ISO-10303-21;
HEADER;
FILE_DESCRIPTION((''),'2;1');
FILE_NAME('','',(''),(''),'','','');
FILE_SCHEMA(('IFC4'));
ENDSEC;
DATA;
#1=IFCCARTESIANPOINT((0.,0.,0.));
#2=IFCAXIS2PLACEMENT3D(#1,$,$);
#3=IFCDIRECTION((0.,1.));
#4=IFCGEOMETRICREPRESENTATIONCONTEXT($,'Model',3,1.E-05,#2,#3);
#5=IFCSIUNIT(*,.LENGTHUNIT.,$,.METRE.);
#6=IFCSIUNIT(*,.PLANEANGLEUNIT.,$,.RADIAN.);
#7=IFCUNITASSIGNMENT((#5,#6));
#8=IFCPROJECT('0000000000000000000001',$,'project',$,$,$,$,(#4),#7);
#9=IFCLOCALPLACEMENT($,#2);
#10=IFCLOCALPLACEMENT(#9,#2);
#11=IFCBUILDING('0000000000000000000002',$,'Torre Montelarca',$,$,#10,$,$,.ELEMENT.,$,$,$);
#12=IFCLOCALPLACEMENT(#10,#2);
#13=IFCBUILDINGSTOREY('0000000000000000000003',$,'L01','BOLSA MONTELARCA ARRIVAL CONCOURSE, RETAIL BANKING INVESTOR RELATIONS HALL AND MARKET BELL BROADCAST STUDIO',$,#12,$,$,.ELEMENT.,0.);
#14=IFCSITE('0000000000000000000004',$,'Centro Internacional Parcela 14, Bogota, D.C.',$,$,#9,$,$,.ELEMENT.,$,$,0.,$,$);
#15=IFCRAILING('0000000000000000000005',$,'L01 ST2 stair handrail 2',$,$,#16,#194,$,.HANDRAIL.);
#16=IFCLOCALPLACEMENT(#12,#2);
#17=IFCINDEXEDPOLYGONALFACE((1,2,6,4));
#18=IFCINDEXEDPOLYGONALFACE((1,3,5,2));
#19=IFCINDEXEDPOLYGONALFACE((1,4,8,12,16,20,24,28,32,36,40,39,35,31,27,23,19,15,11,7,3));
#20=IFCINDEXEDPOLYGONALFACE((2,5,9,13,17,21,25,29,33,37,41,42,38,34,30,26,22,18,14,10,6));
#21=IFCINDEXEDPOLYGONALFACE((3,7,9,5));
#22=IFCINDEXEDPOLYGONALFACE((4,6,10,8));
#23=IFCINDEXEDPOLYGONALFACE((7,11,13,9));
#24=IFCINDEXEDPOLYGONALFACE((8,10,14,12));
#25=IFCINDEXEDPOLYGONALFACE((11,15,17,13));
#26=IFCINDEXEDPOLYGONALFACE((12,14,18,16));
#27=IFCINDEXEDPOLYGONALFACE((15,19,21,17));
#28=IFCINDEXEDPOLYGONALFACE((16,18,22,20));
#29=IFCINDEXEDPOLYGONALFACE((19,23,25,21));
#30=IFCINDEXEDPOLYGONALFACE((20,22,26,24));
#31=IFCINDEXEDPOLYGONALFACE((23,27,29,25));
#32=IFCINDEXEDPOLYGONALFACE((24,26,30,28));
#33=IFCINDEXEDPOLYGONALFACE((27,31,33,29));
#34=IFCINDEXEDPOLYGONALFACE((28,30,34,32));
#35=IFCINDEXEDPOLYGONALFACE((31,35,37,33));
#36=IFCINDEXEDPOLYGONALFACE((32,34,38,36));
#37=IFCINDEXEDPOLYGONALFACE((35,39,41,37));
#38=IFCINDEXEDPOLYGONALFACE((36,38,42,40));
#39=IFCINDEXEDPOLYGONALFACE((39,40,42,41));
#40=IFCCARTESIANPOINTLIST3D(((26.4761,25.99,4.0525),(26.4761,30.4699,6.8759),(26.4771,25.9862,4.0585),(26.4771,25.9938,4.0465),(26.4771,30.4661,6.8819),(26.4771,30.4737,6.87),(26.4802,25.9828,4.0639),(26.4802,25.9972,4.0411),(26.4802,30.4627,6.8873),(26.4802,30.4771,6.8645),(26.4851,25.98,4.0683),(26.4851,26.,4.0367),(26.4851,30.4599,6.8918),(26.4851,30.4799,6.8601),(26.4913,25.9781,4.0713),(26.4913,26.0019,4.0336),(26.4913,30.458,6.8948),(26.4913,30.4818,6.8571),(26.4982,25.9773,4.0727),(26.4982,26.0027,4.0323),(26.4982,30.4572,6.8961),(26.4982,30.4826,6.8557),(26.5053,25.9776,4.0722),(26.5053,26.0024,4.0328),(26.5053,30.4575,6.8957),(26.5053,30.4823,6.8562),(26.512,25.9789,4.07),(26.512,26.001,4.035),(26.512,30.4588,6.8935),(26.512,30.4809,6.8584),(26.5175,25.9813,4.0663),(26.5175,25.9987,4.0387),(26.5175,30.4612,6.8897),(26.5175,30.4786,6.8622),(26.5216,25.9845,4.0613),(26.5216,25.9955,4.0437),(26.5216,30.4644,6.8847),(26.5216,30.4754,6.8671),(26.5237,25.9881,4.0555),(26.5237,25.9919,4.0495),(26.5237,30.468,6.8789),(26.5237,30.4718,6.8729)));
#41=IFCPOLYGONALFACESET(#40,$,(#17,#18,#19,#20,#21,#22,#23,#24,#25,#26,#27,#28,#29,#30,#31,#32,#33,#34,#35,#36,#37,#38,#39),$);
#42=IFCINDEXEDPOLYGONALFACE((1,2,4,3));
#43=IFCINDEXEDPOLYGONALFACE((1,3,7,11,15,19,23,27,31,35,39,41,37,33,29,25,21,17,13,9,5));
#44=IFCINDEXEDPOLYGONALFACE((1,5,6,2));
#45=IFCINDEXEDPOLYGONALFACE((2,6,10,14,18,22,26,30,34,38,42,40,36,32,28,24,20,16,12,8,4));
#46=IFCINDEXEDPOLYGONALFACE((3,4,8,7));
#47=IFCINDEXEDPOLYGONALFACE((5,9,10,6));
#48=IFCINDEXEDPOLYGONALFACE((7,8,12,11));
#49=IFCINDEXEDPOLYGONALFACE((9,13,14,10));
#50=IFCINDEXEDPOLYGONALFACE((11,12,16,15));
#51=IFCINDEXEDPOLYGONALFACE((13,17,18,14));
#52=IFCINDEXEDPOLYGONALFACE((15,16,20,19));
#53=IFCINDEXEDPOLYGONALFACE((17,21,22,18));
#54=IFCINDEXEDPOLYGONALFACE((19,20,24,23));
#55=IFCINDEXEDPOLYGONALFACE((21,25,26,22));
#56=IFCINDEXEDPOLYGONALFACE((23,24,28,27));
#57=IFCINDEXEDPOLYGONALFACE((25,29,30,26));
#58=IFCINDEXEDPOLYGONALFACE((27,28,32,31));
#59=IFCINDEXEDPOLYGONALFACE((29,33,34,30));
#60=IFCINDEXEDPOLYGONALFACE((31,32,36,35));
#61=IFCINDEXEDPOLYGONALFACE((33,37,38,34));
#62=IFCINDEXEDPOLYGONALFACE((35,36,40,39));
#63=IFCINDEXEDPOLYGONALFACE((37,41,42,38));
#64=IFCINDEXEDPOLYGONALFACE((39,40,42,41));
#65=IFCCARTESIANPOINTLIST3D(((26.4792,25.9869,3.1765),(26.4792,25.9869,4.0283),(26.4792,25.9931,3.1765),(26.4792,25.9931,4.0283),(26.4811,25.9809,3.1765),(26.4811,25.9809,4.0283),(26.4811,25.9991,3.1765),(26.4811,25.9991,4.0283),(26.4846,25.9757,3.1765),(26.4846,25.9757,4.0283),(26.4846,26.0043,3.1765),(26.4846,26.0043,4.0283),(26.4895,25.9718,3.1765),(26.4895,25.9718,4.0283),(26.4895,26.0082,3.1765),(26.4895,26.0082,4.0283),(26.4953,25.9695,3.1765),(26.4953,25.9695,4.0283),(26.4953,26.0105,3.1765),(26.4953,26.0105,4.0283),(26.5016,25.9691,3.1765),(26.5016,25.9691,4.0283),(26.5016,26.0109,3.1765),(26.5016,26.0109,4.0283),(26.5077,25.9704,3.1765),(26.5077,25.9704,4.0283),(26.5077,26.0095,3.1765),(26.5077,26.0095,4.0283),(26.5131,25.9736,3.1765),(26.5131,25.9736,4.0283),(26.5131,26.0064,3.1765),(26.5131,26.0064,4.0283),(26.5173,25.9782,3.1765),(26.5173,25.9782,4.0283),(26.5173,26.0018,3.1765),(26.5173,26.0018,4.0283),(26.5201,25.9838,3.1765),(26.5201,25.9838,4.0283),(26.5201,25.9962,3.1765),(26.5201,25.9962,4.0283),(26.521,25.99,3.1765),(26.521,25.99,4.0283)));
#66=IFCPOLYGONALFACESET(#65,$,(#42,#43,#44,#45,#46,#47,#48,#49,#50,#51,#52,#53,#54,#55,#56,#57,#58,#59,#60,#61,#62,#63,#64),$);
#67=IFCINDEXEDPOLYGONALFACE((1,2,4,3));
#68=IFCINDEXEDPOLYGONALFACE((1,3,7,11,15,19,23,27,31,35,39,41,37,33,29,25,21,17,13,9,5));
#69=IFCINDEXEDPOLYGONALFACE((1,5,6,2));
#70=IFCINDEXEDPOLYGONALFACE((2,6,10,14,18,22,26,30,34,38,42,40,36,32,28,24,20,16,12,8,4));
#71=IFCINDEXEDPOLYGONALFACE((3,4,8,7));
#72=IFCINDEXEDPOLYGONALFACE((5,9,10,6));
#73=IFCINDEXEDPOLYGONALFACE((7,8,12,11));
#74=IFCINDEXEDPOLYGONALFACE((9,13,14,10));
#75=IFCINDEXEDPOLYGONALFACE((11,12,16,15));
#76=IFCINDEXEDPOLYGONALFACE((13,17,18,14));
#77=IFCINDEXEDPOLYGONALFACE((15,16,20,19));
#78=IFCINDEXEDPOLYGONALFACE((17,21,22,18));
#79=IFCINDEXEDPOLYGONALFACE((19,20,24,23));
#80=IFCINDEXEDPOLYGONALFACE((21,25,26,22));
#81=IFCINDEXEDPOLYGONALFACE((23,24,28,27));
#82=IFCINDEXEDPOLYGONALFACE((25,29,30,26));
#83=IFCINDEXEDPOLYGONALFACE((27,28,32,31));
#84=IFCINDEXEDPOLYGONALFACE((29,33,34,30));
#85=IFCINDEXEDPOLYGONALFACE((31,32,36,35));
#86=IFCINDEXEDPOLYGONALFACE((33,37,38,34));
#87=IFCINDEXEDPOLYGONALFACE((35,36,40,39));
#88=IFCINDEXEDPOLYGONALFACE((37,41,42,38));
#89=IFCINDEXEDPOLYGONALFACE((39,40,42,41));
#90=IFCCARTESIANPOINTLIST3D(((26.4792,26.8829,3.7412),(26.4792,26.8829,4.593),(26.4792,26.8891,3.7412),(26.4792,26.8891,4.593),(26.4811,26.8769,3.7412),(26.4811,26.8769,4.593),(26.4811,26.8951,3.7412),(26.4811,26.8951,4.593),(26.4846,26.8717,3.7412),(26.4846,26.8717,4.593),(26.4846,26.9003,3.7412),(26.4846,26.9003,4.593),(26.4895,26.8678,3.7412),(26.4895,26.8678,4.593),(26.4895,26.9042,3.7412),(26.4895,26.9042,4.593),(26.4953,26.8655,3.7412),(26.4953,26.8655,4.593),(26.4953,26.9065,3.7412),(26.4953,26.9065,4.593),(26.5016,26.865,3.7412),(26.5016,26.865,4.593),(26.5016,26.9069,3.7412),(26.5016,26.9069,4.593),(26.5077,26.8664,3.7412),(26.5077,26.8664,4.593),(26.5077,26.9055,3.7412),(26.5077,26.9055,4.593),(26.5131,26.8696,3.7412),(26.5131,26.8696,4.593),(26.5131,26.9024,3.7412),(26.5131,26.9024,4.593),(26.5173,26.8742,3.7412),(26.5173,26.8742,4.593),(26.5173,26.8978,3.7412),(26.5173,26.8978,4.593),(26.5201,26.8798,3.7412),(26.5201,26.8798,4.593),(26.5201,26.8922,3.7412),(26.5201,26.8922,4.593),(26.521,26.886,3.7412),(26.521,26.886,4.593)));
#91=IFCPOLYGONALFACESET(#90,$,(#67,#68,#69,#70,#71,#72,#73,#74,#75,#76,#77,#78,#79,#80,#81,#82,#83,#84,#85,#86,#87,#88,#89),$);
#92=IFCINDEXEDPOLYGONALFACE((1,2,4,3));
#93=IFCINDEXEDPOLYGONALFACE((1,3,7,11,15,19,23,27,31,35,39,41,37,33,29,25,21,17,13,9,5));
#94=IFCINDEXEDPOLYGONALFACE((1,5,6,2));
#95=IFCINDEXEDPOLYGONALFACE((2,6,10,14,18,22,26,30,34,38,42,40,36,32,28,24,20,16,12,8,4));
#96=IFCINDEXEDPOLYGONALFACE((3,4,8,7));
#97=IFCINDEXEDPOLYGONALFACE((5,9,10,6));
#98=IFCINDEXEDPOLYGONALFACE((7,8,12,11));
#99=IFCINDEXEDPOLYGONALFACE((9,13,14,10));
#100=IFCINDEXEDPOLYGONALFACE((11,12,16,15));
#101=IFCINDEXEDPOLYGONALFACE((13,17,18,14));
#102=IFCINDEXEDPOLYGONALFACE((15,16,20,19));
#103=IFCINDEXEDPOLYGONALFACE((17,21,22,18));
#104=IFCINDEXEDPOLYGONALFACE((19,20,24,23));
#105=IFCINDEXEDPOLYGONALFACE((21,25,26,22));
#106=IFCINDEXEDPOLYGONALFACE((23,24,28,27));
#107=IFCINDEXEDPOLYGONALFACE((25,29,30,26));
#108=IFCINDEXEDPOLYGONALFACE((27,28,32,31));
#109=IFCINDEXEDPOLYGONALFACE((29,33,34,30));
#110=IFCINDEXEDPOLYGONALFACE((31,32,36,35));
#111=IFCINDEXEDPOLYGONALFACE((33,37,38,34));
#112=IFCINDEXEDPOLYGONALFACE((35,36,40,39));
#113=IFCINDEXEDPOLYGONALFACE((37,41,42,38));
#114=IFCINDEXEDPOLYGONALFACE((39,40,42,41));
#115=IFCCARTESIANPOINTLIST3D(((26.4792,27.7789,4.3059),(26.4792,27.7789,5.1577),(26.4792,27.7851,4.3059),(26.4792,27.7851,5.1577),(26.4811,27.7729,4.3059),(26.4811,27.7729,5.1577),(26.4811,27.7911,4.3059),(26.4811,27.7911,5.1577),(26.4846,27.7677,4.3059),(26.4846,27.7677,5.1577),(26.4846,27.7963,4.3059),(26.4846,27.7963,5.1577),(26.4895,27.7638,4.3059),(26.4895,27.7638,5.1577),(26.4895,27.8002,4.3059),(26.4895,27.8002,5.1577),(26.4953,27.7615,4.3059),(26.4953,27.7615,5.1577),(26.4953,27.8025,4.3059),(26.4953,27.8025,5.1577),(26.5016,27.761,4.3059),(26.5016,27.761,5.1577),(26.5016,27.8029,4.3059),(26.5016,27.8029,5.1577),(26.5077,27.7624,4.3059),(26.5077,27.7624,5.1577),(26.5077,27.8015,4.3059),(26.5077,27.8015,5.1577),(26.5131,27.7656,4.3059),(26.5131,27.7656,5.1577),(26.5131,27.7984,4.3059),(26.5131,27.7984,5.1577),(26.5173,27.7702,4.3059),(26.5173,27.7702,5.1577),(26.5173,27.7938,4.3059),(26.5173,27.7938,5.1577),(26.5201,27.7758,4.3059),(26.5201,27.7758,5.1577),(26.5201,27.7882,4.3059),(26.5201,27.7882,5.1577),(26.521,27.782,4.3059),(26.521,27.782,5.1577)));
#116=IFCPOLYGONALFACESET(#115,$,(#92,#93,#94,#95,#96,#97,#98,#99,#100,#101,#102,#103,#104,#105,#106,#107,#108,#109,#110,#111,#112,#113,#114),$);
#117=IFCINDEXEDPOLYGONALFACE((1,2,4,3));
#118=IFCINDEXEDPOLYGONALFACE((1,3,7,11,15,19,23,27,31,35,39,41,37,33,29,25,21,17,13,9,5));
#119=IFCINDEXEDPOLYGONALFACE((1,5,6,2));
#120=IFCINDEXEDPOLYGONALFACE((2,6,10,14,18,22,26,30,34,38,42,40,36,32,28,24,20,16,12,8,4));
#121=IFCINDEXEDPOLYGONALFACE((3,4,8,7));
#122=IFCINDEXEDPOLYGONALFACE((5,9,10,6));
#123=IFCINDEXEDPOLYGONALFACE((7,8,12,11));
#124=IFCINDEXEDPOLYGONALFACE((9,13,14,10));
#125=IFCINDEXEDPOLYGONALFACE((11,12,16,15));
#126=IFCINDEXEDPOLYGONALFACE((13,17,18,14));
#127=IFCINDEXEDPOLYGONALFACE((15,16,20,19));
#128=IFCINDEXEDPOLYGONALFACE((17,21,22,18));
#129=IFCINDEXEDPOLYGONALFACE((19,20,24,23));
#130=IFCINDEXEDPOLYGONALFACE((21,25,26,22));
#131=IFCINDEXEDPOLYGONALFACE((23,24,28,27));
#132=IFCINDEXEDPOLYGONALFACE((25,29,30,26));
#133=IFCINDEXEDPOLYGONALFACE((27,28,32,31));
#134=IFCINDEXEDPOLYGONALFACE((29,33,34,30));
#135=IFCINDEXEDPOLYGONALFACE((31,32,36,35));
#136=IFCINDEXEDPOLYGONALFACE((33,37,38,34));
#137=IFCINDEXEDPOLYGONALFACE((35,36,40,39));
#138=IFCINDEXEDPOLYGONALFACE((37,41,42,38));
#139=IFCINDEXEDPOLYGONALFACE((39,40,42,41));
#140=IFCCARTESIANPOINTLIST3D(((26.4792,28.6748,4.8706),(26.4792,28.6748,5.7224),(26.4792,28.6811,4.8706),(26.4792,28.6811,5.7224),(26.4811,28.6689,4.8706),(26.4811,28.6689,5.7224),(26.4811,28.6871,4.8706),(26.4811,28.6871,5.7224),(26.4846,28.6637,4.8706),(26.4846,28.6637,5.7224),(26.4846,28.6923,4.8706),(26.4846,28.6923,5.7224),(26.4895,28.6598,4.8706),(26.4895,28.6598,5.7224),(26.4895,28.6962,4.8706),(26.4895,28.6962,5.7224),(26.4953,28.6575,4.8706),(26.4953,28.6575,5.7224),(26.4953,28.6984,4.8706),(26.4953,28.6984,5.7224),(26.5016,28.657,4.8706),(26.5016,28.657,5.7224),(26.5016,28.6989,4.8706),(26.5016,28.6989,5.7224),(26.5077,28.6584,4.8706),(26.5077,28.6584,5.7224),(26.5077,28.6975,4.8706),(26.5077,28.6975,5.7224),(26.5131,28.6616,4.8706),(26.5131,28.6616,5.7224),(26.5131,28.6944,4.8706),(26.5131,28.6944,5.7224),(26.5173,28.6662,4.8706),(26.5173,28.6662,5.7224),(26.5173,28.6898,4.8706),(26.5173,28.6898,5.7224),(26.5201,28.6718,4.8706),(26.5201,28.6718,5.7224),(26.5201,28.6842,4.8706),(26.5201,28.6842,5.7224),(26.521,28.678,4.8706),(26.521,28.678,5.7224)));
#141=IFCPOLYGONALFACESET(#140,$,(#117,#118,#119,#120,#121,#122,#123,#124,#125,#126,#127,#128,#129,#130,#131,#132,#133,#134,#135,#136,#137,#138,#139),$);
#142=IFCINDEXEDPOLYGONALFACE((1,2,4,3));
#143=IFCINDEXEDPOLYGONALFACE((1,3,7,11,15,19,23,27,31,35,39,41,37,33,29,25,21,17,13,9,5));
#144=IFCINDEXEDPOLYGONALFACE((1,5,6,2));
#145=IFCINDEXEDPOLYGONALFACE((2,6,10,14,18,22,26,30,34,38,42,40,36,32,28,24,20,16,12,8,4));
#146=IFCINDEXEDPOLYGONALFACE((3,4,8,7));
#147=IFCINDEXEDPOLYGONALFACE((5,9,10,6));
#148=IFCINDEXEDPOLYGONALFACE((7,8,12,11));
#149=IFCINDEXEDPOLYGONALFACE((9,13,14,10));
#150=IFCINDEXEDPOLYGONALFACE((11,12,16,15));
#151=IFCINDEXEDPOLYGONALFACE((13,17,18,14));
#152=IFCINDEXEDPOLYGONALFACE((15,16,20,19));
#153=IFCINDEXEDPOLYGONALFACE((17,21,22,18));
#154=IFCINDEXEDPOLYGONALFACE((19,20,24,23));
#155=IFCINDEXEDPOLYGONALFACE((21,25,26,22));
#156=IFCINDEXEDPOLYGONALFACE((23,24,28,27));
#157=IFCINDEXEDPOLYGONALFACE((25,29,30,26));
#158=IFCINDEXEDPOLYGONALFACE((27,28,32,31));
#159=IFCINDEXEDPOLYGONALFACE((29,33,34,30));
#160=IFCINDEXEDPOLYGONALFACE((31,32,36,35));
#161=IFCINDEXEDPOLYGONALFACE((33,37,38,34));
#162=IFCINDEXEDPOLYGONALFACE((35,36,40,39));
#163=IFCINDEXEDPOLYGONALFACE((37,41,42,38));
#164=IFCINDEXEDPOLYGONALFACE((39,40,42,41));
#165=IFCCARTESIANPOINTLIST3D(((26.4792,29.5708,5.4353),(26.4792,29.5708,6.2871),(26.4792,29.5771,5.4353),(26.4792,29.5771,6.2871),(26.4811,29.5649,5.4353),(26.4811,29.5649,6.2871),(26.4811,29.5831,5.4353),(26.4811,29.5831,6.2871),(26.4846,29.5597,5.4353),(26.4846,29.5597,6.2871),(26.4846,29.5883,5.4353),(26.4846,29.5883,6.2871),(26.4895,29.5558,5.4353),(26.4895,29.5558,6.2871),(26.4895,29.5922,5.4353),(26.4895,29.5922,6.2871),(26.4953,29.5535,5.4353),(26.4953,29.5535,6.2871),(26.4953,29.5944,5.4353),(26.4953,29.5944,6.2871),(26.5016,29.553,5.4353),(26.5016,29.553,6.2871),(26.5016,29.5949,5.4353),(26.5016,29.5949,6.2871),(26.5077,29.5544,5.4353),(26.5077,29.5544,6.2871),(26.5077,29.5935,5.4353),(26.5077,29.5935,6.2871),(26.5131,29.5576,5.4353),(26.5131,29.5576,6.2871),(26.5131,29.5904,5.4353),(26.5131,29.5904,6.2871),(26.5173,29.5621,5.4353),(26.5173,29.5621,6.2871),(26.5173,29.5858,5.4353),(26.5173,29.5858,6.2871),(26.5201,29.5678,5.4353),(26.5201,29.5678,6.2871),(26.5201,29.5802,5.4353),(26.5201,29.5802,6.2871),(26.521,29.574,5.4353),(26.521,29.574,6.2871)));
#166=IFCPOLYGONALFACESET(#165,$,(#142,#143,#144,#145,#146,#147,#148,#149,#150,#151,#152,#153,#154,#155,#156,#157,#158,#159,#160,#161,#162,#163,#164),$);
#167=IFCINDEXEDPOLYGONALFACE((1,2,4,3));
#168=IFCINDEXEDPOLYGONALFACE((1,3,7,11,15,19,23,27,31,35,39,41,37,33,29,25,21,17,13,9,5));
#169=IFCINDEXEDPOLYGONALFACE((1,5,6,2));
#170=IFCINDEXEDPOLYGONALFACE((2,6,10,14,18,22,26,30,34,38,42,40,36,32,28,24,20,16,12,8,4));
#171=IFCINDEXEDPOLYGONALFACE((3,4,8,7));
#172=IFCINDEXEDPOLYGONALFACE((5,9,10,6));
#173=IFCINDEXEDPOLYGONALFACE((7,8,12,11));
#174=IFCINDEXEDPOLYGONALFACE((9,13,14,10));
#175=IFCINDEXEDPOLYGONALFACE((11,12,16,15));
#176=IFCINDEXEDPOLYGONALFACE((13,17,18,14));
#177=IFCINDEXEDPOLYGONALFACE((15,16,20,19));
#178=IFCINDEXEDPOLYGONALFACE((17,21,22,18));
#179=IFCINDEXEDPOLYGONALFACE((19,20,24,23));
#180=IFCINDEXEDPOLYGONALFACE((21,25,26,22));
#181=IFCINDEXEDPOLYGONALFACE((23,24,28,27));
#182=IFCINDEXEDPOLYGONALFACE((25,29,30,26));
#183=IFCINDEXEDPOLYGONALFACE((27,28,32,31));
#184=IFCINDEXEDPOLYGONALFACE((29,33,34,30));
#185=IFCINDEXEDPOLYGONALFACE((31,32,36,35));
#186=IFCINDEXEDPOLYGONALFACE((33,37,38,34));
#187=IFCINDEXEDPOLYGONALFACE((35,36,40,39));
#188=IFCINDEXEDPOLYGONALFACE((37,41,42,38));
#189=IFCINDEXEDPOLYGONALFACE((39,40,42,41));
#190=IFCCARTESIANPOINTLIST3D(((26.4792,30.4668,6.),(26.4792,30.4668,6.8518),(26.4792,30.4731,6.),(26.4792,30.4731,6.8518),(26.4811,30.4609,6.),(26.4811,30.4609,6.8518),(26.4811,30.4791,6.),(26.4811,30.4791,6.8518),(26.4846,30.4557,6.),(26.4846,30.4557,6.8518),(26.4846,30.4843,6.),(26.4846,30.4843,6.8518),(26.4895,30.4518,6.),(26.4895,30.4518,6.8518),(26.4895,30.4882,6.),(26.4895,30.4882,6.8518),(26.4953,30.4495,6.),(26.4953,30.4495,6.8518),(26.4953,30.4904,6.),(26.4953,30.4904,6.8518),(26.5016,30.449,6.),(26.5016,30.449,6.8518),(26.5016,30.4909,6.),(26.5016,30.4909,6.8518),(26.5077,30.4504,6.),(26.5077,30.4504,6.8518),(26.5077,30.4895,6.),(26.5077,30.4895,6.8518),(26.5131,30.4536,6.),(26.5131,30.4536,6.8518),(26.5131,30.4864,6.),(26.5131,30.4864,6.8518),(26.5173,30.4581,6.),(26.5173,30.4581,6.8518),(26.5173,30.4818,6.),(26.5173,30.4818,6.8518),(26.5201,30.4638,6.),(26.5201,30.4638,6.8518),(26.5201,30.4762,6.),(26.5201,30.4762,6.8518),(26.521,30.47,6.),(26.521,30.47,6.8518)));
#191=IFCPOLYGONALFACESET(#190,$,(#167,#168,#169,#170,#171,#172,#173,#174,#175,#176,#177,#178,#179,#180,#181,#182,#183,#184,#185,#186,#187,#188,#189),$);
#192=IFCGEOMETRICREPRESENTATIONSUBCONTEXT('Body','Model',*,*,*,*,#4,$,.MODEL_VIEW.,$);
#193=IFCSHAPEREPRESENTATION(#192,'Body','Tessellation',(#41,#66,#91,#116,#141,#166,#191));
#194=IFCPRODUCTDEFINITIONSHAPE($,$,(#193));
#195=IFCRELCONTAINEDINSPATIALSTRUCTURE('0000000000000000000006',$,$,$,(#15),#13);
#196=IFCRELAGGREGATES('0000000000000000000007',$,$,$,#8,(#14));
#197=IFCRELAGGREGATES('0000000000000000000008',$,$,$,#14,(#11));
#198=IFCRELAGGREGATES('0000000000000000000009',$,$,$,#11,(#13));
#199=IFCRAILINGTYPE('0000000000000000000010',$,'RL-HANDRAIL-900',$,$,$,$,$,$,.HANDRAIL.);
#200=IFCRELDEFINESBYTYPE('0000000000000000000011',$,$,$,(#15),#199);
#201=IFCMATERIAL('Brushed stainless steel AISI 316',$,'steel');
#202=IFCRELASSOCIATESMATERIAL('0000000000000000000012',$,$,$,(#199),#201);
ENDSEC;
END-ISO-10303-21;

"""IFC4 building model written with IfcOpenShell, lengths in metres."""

from ifc_helpers import new_model, si_unit, direction, frame, origin, origin_2d, place, context, subcontext, project, spatial, circle, extrude, material, type_object, element, save


model = new_model("IFC4")

# Units and contexts
model_context = context("Model", 3, precision=1e-05, world=origin(), true_north=direction((0.0, 1.0)))
body_context = subcontext(model_context, "Body", "Model", "MODEL_VIEW")
ifc_project = project(units=[si_unit("LENGTHUNIT", "METRE"), si_unit("PLANEANGLEUNIT", "RADIAN")], contexts=[model_context])

# Site, building, storey
site_placement = place(None, origin())
site = spatial("IfcSite", under=ifc_project, at=site_placement, Name="Centro Internacional Parcela 14, Bogota, D.C.", CompositionType="ELEMENT", RefElevation=0.0)
building_placement = place(site_placement, origin())
building = spatial("IfcBuilding", under=site, at=building_placement, Name="Torre Montelarca", CompositionType="ELEMENT")
storey_placement = place(building_placement, origin())
storey = spatial("IfcBuildingStorey", under=building, at=storey_placement, Name="L01", Description="BOLSA MONTELARCA ARRIVAL CONCOURSE, RETAIL BANKING INVESTOR RELATIONS HALL AND MARKET BELL BROADCAST STUDIO", CompositionType="ELEMENT", Elevation=0.0)

# Railing
ifc_material_1 = material(Name="Brushed stainless steel AISI 316", Category="steel")
railing_type_1 = type_object("IfcRailingType", Name="RL-HANDRAIL-900", PredefinedType="HANDRAIL", material=ifc_material_1)
for number, where, name in (
    (1, (26.5, 25.99, 3.1765), "L01 ST2 stair handrail 2"),
):
    element("IfcRailing", number, at=place(storey_placement, frame(where)), inside=storey, type_object=railing_type_1, Name=name, PredefinedType="HANDRAIL", context=body_context, shape_type="SweptSolid", body=[
        extrude(circle(Radius=0.0239, at=origin_2d()), frame((0.0, 0.0, 0.876), z_axis=(0.0, 0.845998, 0.533186), x_axis=(-1.0, 0.0, 0.0)), (0.0, 0.0, 1.0), 5.2954),
        extrude(circle(Radius=0.021, at=origin_2d()), origin(), (0.0, 0.0, 1.0), 0.8518),
        extrude(circle(Radius=0.021, at=origin_2d()), frame((0.0, 0.896, 0.5647)), (0.0, 0.0, 1.0), 0.8518),
        extrude(circle(Radius=0.021, at=origin_2d()), frame((0.0, 1.792, 1.1294)), (0.0, 0.0, 1.0), 0.8518),
        extrude(circle(Radius=0.021, at=origin_2d()), frame((0.0, 2.688, 1.6941)), (0.0, 0.0, 1.0), 0.8518),
        extrude(circle(Radius=0.021, at=origin_2d()), frame((0.0, 3.584, 2.2588)), (0.0, 0.0, 1.0), 0.8518),
        extrude(circle(Radius=0.021, at=origin_2d()), frame((0.0, 4.48, 2.8235)), (0.0, 0.0, 1.0), 0.8518),
    ])

save(model, "model.ifc")
